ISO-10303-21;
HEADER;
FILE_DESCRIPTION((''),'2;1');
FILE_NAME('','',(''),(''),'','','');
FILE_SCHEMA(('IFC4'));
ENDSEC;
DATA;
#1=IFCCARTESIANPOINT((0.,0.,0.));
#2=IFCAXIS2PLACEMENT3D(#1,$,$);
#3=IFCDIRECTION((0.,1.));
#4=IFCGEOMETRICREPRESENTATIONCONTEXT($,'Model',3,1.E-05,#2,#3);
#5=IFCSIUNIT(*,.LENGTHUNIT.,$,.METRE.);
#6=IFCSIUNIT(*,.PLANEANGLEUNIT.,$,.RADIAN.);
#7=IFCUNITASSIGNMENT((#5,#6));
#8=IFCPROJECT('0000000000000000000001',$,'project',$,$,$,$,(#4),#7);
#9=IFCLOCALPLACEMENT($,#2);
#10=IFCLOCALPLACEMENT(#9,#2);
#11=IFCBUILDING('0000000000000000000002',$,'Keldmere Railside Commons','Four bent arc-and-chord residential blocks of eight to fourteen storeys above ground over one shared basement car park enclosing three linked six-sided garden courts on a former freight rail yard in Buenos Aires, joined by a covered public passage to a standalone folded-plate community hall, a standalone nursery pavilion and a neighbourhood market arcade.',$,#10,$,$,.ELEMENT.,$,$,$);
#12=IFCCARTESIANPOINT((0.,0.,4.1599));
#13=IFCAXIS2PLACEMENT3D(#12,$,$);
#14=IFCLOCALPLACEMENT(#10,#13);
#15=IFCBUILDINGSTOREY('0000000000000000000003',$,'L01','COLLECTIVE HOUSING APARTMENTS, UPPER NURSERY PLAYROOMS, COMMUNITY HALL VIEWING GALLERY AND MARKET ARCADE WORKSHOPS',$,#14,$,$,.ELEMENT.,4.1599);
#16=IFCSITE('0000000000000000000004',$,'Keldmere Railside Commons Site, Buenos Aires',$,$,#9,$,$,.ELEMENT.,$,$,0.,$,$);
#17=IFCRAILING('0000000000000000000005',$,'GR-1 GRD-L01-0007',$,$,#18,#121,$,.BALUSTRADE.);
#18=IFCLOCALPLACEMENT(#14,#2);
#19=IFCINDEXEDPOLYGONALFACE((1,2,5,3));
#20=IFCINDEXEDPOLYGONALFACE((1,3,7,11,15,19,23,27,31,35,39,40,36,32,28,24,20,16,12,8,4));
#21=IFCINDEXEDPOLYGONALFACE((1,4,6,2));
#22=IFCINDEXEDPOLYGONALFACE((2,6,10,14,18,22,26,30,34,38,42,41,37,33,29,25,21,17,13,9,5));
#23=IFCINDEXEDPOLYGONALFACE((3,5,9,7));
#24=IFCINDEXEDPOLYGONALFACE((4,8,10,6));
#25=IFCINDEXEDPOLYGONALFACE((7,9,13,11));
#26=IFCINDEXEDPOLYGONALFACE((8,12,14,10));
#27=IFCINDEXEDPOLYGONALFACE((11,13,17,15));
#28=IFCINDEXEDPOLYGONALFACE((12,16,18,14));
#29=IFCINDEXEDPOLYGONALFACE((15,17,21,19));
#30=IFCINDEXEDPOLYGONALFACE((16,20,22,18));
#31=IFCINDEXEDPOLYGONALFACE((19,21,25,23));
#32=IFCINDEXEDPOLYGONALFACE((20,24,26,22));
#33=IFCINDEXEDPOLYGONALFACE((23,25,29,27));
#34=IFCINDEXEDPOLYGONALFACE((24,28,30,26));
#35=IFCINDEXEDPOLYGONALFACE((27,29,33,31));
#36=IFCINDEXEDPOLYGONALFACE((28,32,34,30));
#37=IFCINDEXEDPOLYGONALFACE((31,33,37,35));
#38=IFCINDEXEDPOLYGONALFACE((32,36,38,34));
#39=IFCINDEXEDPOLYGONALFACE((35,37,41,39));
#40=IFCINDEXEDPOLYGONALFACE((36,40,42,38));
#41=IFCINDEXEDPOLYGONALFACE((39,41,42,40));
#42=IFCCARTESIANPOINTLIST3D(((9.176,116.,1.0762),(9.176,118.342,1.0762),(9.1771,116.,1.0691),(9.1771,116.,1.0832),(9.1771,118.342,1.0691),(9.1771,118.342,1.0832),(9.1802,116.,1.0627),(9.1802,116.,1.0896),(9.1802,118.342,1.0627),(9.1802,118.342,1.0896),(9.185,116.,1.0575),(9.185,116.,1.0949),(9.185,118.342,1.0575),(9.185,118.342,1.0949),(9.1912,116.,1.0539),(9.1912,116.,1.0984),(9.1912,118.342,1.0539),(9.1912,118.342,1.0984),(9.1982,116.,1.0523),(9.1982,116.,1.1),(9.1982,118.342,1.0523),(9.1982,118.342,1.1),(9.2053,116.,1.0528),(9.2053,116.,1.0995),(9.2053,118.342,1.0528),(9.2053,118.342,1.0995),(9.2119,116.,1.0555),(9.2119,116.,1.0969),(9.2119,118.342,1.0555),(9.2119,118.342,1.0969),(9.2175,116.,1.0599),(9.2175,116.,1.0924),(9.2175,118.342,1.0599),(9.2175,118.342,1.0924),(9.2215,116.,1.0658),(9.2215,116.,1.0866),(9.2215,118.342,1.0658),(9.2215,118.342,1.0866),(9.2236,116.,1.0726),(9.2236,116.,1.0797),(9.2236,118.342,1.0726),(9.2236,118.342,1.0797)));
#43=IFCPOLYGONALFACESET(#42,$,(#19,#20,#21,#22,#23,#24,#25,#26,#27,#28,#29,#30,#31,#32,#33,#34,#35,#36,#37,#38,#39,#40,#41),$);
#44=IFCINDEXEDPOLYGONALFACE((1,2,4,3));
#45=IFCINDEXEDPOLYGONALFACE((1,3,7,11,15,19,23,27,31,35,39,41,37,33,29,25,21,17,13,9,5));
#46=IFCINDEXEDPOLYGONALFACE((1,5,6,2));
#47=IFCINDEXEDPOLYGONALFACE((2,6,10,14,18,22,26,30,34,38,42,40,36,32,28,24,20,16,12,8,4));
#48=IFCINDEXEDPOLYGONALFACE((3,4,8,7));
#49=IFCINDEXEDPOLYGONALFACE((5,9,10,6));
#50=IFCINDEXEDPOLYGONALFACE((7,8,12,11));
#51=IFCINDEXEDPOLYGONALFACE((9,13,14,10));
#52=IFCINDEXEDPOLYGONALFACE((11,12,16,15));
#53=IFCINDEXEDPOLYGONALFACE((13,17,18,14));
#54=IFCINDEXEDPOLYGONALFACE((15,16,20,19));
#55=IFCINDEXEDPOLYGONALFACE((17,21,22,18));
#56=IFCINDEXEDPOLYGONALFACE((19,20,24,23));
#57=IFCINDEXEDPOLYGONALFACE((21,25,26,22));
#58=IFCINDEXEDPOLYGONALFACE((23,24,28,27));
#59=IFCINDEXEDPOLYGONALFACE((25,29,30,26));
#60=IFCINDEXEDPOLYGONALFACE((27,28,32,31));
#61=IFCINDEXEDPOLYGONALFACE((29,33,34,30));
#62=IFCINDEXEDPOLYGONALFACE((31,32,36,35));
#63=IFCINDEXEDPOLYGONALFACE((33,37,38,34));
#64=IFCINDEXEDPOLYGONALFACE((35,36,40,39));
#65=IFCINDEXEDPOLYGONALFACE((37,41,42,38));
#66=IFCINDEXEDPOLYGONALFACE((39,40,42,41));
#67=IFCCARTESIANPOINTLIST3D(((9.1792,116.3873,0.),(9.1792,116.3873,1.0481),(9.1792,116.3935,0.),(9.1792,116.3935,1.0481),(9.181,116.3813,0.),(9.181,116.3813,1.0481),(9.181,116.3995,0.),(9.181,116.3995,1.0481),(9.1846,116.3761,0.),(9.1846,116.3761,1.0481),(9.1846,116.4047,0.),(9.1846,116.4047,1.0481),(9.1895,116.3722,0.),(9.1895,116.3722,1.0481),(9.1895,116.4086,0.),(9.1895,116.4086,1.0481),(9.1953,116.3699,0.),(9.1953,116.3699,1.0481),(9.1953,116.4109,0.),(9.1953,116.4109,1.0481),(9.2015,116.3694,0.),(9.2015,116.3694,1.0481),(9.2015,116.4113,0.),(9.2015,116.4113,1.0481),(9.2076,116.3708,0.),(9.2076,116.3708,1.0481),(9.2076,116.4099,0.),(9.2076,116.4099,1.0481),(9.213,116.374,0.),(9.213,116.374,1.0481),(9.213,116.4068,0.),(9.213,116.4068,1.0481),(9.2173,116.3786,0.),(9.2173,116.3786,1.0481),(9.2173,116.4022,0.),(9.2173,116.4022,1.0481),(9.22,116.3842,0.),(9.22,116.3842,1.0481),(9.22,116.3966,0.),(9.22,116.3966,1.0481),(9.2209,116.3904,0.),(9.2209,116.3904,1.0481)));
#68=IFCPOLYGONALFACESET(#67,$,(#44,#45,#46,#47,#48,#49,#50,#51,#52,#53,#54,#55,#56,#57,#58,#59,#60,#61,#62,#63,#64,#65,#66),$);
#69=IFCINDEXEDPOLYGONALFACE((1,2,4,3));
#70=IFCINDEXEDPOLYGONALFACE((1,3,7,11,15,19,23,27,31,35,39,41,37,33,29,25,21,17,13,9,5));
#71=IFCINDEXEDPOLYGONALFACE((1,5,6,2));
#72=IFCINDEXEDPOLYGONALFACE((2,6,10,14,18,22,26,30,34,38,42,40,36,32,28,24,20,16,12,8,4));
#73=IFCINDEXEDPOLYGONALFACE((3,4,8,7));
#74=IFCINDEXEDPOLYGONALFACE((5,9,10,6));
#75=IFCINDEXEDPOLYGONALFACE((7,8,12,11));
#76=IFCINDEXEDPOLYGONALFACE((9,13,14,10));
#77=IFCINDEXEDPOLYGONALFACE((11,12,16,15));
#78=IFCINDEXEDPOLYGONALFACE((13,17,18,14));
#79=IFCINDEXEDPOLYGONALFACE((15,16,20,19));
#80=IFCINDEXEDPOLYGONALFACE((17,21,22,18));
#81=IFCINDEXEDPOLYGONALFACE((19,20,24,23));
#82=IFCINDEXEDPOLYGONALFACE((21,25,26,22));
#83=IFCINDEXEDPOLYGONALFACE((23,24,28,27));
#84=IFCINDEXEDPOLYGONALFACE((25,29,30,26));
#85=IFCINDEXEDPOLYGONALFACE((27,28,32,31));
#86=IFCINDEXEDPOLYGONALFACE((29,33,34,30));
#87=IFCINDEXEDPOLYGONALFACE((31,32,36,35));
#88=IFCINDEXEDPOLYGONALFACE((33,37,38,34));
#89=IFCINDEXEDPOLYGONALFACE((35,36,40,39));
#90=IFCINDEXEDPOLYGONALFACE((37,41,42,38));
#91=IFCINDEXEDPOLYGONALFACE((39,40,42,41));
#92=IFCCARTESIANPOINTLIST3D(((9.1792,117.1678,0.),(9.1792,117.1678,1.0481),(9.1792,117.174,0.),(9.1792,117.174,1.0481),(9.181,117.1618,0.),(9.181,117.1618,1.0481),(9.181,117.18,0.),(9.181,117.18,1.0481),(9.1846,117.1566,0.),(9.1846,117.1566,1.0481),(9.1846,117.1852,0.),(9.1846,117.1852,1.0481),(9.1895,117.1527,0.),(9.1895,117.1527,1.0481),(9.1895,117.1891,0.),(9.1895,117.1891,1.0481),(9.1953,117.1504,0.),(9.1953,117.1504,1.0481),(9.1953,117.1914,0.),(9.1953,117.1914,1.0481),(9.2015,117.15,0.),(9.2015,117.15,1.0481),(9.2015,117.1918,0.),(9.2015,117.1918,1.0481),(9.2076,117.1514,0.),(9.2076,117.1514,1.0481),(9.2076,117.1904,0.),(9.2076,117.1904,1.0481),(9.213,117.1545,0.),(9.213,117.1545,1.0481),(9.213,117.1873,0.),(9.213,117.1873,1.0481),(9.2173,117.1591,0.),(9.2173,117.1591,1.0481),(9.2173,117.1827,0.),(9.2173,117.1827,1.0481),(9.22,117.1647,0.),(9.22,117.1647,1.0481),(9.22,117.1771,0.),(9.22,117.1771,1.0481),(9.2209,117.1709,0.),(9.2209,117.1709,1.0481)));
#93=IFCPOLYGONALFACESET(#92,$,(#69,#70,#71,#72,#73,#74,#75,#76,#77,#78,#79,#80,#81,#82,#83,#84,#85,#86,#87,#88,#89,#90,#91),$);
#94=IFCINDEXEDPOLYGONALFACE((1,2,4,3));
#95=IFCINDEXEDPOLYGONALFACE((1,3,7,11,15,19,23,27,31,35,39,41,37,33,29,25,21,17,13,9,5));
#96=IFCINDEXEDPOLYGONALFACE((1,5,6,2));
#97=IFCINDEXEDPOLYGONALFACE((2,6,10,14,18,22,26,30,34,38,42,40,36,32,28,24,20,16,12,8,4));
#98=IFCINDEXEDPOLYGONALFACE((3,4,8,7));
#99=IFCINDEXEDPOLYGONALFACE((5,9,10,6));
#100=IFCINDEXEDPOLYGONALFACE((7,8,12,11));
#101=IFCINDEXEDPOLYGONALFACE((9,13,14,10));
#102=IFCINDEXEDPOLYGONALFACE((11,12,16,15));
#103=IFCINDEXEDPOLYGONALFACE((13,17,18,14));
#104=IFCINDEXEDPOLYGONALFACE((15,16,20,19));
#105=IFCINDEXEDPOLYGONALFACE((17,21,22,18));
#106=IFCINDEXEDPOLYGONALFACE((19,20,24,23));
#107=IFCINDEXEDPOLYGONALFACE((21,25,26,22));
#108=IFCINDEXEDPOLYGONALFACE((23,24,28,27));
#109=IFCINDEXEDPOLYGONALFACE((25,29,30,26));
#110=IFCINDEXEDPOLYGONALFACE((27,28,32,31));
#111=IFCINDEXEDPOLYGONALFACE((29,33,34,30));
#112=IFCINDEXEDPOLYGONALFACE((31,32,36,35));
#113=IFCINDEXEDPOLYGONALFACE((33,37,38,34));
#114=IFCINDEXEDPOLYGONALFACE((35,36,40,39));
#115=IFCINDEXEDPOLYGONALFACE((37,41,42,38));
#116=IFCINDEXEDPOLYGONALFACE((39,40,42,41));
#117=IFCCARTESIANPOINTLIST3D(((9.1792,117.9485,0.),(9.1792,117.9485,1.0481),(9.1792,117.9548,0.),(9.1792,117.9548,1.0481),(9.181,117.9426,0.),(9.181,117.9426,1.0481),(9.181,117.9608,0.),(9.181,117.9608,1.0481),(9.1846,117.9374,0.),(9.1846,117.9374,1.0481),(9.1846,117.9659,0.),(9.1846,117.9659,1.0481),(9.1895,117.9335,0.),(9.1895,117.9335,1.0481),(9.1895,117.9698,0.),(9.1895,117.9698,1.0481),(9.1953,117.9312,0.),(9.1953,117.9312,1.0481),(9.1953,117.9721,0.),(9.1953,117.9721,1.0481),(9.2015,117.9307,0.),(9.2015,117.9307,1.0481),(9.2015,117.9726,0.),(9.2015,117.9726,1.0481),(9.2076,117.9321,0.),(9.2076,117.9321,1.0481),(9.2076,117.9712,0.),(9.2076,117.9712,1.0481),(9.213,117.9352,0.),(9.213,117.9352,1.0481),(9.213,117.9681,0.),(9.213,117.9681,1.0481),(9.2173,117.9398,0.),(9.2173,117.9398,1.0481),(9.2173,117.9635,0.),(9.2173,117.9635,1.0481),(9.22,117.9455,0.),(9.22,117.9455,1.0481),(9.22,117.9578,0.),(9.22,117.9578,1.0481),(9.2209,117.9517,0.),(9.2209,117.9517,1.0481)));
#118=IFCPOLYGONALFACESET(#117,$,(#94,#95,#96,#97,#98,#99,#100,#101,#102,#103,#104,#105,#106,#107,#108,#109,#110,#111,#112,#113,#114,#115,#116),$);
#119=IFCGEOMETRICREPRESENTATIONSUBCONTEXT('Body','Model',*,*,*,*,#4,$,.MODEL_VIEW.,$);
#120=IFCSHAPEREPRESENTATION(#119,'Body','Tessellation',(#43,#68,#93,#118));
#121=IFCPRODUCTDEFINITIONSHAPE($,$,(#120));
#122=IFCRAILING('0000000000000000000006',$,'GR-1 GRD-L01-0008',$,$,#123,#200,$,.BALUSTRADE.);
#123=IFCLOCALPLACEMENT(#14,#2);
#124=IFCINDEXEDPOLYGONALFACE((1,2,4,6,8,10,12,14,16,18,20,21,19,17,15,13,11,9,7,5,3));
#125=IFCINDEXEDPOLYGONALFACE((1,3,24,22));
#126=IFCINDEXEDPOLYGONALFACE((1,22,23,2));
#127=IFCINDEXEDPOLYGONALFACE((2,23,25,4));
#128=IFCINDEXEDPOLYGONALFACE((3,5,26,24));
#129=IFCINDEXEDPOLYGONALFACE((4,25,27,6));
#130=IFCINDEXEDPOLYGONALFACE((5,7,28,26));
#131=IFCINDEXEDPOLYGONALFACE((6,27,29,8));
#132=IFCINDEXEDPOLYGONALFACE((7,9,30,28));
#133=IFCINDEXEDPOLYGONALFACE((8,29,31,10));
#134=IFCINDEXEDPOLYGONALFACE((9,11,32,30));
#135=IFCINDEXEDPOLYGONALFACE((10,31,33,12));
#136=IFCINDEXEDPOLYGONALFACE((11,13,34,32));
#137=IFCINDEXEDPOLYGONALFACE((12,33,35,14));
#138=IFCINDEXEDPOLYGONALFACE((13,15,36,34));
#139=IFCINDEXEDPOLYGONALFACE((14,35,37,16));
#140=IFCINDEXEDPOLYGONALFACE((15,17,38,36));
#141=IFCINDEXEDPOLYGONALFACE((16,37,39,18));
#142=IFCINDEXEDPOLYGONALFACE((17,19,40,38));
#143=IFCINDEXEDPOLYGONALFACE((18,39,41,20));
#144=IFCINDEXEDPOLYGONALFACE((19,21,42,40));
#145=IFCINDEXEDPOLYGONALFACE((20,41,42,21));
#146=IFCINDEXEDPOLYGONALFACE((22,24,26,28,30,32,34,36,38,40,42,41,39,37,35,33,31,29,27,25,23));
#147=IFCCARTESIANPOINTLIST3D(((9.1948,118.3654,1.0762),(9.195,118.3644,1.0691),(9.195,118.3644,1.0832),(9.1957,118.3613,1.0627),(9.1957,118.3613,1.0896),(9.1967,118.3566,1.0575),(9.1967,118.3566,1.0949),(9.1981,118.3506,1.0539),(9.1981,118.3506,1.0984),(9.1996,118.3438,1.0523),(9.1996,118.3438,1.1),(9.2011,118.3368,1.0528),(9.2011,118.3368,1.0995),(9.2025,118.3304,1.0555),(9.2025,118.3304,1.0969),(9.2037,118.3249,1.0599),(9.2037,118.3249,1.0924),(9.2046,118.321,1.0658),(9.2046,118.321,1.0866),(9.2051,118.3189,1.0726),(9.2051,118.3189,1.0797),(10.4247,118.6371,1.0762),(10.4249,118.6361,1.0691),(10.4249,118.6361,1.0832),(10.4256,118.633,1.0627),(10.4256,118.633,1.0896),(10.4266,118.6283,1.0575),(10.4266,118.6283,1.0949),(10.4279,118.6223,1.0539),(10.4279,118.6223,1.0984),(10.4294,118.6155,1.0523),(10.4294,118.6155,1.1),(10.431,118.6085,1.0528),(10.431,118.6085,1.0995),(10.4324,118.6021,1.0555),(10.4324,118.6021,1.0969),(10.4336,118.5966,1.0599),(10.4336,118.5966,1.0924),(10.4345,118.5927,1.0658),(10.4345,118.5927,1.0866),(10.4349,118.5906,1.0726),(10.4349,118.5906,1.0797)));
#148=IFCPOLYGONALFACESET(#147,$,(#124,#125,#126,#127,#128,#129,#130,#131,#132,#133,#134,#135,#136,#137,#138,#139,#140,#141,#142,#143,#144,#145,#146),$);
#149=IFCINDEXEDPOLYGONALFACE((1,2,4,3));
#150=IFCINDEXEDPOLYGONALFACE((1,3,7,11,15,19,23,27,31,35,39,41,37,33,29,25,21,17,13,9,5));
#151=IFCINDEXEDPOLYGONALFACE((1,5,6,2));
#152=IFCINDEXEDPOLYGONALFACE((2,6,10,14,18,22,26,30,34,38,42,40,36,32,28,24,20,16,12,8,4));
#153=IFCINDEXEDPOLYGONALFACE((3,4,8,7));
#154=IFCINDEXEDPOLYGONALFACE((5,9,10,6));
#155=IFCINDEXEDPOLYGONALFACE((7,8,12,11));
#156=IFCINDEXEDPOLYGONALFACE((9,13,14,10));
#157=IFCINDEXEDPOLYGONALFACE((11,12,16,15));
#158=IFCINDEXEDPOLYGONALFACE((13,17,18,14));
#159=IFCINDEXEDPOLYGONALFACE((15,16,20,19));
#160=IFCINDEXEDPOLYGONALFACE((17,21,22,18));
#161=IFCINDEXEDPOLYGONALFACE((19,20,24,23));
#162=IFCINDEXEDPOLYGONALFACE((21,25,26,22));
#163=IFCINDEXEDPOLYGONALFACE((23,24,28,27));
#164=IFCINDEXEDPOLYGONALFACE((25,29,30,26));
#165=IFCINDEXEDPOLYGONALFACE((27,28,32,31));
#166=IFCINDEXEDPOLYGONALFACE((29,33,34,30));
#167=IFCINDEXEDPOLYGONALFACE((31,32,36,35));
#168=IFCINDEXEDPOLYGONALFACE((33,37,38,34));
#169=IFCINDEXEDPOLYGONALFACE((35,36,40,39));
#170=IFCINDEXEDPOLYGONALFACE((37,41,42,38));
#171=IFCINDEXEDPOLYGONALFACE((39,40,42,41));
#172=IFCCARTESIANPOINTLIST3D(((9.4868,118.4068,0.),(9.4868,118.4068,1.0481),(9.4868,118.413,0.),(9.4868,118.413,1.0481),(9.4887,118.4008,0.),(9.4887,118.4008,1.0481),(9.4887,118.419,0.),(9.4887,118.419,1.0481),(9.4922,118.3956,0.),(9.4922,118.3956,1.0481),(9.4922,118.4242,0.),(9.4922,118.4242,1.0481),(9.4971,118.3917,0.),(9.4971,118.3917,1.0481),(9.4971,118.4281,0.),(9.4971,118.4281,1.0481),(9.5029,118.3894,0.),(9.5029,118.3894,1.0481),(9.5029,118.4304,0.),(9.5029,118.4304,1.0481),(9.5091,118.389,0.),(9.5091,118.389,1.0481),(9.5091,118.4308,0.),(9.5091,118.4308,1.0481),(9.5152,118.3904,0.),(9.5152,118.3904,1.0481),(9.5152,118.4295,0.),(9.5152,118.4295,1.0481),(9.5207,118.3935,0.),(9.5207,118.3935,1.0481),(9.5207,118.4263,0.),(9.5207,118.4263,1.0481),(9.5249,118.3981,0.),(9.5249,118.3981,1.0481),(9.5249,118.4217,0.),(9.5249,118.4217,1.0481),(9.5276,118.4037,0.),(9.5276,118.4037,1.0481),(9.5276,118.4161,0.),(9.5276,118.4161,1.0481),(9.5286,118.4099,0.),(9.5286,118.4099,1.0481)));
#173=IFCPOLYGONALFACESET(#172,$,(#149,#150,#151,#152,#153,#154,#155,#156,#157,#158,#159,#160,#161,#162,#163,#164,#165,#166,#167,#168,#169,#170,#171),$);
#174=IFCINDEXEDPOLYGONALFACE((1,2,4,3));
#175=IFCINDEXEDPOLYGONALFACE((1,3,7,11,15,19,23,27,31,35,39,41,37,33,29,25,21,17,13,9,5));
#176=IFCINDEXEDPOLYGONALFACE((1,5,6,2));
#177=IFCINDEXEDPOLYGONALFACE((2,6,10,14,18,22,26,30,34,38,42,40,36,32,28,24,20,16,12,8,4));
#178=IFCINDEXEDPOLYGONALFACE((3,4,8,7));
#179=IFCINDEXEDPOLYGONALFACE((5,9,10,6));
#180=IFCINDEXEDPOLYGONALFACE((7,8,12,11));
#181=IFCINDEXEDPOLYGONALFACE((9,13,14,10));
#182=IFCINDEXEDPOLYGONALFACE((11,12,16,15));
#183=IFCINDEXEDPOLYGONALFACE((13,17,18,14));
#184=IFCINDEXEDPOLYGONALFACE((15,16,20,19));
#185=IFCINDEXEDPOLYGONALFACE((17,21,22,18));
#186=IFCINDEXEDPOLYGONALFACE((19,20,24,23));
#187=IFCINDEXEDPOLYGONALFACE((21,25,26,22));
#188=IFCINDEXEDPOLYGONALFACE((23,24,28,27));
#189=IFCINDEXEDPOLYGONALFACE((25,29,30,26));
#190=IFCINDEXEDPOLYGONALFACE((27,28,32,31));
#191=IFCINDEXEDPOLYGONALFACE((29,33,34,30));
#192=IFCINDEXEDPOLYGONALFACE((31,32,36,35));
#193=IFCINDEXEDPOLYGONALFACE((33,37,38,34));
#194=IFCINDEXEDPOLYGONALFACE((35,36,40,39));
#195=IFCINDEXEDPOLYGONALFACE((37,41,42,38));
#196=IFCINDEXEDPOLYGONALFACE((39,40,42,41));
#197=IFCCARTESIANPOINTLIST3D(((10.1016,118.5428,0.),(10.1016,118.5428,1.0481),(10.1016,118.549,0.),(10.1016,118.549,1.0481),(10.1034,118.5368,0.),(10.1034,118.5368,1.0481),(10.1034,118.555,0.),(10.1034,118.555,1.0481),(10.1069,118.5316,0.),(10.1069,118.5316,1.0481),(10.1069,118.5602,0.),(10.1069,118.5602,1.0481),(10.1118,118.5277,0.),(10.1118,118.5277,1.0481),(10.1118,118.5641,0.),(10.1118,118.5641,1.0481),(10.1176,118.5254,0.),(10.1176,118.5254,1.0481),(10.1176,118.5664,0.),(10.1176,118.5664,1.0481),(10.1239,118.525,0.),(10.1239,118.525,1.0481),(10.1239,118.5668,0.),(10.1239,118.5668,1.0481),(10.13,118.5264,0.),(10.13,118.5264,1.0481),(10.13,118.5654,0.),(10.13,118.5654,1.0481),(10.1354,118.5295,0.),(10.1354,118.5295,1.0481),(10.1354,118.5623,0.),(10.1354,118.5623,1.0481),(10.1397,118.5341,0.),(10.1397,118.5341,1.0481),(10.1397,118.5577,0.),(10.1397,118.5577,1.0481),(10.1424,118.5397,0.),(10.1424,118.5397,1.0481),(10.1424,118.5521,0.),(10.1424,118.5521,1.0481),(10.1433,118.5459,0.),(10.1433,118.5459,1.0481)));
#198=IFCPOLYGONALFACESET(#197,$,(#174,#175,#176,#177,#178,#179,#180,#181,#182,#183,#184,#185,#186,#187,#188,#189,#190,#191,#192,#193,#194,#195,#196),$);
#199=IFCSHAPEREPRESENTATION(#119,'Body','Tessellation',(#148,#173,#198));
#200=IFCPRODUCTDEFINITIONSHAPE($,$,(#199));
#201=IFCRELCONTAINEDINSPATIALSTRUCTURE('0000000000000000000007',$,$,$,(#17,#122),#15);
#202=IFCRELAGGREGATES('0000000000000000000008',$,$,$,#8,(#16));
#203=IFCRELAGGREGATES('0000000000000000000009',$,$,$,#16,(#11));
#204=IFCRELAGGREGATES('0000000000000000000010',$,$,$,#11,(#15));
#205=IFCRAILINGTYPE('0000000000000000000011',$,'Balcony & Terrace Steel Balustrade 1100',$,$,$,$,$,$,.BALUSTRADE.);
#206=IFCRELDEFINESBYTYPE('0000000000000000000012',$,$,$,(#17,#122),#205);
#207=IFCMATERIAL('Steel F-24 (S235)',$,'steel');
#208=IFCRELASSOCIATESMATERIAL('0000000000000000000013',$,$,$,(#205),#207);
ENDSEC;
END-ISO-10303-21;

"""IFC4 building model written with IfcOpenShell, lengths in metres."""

from ifc_helpers import new_model, si_unit, direction, frame, origin, origin_2d, place, context, subcontext, project, spatial, circle, extrude, material, type_object, element, save


model = new_model("IFC4")

# Units and contexts
model_context = context("Model", 3, precision=1e-05, world=origin(), true_north=direction((0.0, 1.0)))
body_context = subcontext(model_context, "Body", "Model", "MODEL_VIEW")
ifc_project = project(units=[si_unit("LENGTHUNIT", "METRE"), si_unit("PLANEANGLEUNIT", "RADIAN")], contexts=[model_context])

# Site, building, storey
site_placement = place(None, origin())
site = spatial("IfcSite", under=ifc_project, at=site_placement, Name="Keldmere Railside Commons Site, Buenos Aires", CompositionType="ELEMENT", RefElevation=0.0)
building_placement = place(site_placement, origin())
building = spatial("IfcBuilding", under=site, at=building_placement, Name="Keldmere Railside Commons", Description="Four bent arc-and-chord residential blocks of eight to fourteen storeys above ground over one shared basement car park enclosing three linked six-sided garden courts on a former freight rail yard in Buenos Aires, joined by a covered public passage to a standalone folded-plate community hall, a standalone nursery pavilion and a neighbourhood market arcade.", CompositionType="ELEMENT")
storey_placement = place(building_placement, frame((0.0, 0.0, 4.1599)))
storey = spatial("IfcBuildingStorey", under=building, at=storey_placement, Name="L01", Description="COLLECTIVE HOUSING APARTMENTS, UPPER NURSERY PLAYROOMS, COMMUNITY HALL VIEWING GALLERY AND MARKET ARCADE WORKSHOPS", CompositionType="ELEMENT", Elevation=4.1599)

# Railings
ifc_material_1 = material(Name="Steel F-24 (S235)", Category="steel")
railing_type = type_object("IfcRailingType", Name="Balcony & Terrace Steel Balustrade 1100", PredefinedType="BALUSTRADE", material=ifc_material_1)
railing_1_placement = place(storey_placement, frame((9.2, 116.0, 0.0)))
element("IfcRailing", 1, at=railing_1_placement, inside=storey, type_object=railing_type, Name="GR-1 GRD-L01-0007", PredefinedType="BALUSTRADE", context=body_context, shape_type="SweptSolid", body=[
    extrude(circle(Radius=0.0239, at=origin_2d()), frame((0.0, 0.0, 1.0762), z_axis=(0.0, 1.0, 0.0), x_axis=(-1.0, 0.0, 0.0)), (0.0, 0.0, 1.0), 2.342),
    extrude(circle(Radius=0.021, at=origin_2d()), frame((0.0, 0.3904, 0.0)), (0.0, 0.0, 1.0), 1.0481),
    extrude(circle(Radius=0.021, at=origin_2d()), frame((0.0, 1.1709, 0.0)), (0.0, 0.0, 1.0), 1.0481),
    extrude(circle(Radius=0.021, at=origin_2d()), frame((0.0, 1.9517, 0.0)), (0.0, 0.0, 1.0), 1.0481),
])
railing_2_placement = place(storey_placement, frame((9.2, 118.342, 0.0)))
element("IfcRailing", 2, at=railing_2_placement, inside=storey, type_object=railing_type, Name="GR-1 GRD-L01-0008", PredefinedType="BALUSTRADE", context=body_context, shape_type="SweptSolid", body=[
    extrude(circle(Radius=0.0239, at=origin_2d()), frame((0.0, 0.0, 1.0762), z_axis=(0.976455, 0.215719, 0.0), x_axis=(-0.215719, 0.976455, 0.0)), (0.0, 0.0, 1.0), 1.2595),
    extrude(circle(Radius=0.021, at=origin_2d()), frame((0.3076, 0.0679, 0.0)), (0.0, 0.0, 1.0), 1.0481),
    extrude(circle(Radius=0.021, at=origin_2d()), frame((0.9224, 0.2039, 0.0)), (0.0, 0.0, 1.0), 1.0481),
])

save(model, "model.ifc")
